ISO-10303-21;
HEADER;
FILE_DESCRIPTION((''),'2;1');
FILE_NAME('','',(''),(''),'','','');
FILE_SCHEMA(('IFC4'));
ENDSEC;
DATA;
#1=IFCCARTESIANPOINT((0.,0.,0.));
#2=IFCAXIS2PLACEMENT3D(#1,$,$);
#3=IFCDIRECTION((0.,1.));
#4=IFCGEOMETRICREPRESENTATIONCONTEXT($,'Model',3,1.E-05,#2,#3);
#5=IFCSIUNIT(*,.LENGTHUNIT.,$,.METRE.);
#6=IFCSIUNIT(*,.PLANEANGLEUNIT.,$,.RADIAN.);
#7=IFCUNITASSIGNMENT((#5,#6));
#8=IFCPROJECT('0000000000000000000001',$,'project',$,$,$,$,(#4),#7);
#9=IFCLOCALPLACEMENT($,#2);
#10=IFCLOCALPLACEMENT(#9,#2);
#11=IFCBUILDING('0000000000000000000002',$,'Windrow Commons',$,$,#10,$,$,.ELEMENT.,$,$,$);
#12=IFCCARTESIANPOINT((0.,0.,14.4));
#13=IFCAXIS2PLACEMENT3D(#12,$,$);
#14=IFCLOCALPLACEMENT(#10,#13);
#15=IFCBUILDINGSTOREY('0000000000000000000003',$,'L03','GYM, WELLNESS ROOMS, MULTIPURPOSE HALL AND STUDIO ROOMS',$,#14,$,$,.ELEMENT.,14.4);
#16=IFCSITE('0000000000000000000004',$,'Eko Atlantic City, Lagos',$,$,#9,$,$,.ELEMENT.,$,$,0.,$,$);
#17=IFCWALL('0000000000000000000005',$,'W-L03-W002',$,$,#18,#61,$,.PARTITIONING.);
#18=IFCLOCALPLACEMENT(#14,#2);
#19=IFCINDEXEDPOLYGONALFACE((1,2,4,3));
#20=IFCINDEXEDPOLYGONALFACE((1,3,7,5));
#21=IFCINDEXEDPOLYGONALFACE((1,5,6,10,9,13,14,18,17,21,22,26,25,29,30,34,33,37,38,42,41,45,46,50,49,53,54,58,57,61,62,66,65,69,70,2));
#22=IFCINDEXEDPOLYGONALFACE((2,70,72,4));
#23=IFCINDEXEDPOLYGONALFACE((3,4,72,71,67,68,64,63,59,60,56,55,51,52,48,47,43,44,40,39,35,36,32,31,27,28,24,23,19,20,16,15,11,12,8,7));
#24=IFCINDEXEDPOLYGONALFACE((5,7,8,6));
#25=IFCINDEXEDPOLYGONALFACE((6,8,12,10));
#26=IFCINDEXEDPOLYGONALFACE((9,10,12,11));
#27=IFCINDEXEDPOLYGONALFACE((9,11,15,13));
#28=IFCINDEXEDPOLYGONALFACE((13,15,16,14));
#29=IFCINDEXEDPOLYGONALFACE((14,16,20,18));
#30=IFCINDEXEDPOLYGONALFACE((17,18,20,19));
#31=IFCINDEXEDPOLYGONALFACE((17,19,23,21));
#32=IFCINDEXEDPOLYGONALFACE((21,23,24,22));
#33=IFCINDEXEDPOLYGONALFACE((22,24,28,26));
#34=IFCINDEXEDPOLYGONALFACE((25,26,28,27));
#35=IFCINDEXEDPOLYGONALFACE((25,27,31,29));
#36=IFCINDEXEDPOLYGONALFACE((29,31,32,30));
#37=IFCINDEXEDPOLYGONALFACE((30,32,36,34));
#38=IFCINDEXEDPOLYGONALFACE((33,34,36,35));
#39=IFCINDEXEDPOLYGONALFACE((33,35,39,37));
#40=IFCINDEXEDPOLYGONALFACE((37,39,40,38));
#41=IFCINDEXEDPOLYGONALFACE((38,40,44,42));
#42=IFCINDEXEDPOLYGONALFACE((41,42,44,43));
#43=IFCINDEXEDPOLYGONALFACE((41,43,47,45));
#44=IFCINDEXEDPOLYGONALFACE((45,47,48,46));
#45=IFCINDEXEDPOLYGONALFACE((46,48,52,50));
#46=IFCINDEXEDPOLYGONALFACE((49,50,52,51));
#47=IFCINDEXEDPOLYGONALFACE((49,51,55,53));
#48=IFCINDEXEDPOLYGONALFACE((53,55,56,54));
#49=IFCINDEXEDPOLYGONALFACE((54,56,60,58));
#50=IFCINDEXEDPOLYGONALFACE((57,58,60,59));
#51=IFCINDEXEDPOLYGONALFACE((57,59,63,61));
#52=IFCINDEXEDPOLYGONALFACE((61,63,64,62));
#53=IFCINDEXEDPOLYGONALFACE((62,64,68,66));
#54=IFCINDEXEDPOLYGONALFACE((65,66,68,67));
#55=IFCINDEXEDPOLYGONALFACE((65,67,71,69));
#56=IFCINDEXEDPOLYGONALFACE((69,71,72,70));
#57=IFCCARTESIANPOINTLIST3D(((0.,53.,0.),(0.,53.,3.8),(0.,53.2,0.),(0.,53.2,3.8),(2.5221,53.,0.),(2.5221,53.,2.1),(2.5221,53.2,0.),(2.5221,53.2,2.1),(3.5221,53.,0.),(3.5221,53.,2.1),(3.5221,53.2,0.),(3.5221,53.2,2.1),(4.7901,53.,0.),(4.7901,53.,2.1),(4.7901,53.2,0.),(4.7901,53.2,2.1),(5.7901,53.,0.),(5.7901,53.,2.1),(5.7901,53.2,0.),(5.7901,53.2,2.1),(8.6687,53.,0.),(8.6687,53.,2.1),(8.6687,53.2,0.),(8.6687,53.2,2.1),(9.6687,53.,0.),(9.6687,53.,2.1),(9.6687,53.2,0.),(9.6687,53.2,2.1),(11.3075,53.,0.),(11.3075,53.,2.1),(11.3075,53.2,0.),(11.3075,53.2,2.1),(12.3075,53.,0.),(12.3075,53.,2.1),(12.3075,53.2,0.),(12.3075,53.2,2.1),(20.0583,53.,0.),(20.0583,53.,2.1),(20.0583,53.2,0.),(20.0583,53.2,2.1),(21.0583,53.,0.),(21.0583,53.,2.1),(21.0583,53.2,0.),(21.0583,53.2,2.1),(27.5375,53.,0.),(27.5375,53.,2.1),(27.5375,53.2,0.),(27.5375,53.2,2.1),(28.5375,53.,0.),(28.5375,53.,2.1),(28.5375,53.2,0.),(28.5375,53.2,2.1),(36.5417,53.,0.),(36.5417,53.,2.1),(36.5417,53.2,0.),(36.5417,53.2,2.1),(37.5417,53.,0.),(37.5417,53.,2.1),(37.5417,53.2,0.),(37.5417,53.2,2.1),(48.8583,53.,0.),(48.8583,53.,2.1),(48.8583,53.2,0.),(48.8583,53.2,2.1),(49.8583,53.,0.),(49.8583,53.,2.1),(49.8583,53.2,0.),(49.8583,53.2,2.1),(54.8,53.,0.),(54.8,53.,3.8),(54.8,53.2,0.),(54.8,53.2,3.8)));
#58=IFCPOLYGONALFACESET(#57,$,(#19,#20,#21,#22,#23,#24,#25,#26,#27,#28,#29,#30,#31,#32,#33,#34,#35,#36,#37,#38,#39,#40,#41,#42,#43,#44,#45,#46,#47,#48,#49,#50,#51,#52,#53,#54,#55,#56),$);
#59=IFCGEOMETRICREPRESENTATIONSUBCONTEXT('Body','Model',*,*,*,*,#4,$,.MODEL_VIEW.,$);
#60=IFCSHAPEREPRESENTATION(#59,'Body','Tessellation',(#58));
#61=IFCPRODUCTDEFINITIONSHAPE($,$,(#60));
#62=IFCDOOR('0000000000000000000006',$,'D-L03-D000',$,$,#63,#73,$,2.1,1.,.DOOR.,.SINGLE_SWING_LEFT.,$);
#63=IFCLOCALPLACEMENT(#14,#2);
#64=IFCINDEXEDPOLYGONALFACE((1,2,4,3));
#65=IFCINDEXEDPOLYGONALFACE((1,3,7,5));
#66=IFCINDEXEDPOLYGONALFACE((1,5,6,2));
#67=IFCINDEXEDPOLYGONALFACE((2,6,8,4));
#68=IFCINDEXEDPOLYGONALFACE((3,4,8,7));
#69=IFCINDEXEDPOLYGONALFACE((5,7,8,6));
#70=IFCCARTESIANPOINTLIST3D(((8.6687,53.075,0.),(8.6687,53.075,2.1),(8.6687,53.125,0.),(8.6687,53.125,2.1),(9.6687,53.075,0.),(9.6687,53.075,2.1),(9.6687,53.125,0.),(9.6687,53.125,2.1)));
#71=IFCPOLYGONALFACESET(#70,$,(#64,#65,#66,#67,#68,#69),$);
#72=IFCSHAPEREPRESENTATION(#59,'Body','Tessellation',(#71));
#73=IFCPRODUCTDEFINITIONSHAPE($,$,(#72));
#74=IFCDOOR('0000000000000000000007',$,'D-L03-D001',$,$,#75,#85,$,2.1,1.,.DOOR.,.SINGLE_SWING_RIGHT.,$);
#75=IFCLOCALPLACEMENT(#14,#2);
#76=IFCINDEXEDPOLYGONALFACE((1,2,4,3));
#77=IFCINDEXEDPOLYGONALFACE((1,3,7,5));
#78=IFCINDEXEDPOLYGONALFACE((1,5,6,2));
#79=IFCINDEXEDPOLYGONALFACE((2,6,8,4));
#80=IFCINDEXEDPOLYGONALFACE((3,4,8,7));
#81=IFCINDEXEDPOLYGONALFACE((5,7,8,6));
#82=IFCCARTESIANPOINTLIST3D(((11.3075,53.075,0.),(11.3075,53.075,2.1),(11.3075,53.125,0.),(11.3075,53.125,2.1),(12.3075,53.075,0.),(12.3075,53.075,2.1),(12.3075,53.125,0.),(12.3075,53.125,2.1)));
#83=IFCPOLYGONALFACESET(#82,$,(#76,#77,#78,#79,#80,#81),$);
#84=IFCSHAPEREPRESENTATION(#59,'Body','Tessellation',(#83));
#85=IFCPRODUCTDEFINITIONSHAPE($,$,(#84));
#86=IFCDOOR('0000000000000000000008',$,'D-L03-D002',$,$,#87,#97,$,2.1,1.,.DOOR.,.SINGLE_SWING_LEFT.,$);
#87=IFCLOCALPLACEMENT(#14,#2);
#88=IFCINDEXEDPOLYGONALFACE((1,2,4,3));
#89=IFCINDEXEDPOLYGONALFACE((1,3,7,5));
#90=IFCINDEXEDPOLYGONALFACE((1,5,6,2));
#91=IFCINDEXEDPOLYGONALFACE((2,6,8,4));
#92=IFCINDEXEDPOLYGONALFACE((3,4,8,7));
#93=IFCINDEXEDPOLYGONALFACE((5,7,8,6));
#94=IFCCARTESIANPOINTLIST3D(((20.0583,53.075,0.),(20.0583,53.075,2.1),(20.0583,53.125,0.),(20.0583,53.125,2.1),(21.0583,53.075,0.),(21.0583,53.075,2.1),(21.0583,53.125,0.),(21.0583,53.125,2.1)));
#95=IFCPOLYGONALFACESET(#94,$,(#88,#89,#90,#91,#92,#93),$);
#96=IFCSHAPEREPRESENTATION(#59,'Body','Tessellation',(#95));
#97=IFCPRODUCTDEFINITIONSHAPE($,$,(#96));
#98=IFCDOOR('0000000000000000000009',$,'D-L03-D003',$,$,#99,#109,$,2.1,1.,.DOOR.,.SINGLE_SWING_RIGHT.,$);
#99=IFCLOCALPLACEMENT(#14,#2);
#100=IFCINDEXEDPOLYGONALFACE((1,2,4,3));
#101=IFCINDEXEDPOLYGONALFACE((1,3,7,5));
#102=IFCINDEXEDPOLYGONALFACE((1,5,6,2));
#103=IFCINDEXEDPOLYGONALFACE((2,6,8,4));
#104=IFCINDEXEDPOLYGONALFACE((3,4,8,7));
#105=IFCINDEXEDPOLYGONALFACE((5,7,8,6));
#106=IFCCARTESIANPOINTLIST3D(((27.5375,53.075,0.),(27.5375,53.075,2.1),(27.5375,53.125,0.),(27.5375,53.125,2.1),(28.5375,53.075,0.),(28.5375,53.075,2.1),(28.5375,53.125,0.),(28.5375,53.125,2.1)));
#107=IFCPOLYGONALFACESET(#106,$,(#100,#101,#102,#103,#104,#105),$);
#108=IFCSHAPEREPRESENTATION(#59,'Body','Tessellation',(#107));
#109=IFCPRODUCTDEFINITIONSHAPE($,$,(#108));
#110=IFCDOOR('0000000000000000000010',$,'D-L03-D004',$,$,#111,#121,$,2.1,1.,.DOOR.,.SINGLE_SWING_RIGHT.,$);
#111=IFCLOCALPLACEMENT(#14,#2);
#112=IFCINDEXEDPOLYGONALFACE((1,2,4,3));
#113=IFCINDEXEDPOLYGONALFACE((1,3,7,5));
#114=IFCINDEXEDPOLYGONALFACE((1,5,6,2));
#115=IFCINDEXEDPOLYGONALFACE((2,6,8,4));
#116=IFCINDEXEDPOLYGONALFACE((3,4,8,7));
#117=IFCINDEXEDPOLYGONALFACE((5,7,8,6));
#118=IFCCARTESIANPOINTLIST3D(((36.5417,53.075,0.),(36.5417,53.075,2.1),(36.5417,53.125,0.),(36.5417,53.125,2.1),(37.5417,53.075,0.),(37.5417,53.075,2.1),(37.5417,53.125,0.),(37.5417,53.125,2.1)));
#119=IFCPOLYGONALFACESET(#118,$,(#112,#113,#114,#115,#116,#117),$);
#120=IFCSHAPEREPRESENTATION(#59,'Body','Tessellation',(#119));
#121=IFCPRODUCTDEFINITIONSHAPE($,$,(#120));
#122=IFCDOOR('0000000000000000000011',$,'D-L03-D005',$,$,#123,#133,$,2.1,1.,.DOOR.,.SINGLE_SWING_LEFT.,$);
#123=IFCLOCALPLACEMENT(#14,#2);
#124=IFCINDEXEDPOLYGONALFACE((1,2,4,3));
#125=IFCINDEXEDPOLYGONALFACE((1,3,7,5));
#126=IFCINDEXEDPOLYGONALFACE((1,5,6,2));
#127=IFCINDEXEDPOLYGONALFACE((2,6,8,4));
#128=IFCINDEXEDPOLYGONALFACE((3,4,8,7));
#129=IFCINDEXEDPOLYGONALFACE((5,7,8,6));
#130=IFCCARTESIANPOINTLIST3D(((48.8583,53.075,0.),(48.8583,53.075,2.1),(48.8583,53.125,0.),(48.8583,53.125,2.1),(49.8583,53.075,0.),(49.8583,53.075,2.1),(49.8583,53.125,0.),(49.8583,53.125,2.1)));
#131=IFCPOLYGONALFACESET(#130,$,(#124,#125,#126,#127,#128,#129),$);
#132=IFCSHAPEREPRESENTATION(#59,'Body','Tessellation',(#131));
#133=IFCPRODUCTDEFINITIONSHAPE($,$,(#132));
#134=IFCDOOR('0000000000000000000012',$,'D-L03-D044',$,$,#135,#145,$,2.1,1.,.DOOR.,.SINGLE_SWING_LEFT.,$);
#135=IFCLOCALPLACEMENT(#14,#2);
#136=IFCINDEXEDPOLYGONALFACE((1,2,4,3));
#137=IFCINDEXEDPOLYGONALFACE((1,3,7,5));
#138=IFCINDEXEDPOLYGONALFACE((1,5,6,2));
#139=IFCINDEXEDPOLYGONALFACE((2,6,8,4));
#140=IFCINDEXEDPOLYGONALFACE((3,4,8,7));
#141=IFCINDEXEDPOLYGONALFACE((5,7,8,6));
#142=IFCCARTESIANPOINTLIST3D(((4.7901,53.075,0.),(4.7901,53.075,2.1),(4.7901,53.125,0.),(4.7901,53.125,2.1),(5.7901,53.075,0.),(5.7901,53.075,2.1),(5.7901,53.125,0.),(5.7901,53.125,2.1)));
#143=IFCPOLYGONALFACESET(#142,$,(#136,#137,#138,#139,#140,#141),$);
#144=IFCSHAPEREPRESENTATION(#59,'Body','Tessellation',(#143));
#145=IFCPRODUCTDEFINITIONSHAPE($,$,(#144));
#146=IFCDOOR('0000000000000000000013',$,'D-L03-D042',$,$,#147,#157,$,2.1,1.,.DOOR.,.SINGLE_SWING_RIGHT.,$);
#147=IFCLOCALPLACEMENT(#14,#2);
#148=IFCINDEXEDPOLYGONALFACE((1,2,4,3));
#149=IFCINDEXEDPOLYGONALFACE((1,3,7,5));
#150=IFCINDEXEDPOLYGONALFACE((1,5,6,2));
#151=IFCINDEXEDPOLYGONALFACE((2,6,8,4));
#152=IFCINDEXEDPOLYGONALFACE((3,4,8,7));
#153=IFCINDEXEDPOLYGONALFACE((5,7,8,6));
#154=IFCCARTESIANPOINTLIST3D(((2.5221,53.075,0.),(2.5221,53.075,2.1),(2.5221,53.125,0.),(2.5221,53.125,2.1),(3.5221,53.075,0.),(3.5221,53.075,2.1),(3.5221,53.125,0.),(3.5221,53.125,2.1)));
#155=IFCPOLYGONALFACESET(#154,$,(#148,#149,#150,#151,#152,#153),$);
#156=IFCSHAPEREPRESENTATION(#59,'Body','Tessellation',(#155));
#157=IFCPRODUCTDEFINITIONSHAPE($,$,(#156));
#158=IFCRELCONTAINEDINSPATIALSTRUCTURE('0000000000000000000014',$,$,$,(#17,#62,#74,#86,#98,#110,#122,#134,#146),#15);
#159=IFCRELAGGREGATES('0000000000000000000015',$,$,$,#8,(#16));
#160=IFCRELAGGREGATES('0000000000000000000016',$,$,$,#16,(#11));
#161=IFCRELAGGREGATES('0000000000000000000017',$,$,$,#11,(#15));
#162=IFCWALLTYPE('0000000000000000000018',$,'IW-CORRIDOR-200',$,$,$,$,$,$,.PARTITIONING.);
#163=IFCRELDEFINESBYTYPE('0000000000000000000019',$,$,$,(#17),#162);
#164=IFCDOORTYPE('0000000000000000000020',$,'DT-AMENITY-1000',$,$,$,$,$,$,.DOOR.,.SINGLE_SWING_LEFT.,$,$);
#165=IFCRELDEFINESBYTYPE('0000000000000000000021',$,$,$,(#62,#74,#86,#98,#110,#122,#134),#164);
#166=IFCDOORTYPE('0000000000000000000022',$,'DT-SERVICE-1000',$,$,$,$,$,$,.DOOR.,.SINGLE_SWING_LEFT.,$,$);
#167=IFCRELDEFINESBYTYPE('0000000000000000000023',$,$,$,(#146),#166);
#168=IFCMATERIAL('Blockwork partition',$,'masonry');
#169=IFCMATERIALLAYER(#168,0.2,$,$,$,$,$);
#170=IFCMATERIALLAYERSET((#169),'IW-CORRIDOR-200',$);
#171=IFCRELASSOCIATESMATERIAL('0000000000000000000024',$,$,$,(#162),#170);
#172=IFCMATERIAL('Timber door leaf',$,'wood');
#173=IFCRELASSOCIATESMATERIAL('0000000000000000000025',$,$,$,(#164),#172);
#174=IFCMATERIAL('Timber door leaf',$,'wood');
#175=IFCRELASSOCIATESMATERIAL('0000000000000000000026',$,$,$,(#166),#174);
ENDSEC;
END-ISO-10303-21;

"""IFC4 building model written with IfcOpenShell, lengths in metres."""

from ifc_helpers import new_model, si_unit, direction, frame, frame_2d, origin, place, context, subcontext, project, spatial, rectangle, extrude, material, layer, layer_set, type_object, element, fill, save


model = new_model("IFC4")

# Units and contexts
model_context = context("Model", 3, precision=1e-05, world=origin(), true_north=direction((0.0, 1.0)))
body_context = subcontext(model_context, "Body", "Model", "MODEL_VIEW")
ifc_project = project(units=[si_unit("LENGTHUNIT", "METRE"), si_unit("PLANEANGLEUNIT", "RADIAN")], contexts=[model_context])

# Site, building, storey
site_placement = place(None, origin())
site = spatial("IfcSite", under=ifc_project, at=site_placement, Name="Eko Atlantic City, Lagos", CompositionType="ELEMENT", RefElevation=0.0)
building_placement = place(site_placement, origin())
building = spatial("IfcBuilding", under=site, at=building_placement, Name="Windrow Commons", CompositionType="ELEMENT")
storey_placement = place(building_placement, frame((0.0, 0.0, 14.4)))
storey = spatial("IfcBuildingStorey", under=building, at=storey_placement, Name="L03", Description="GYM, WELLNESS ROOMS, MULTIPURPOSE HALL AND STUDIO ROOMS", CompositionType="ELEMENT", Elevation=14.4)

# Wall, openings, doors
ifc_material_1 = material(Name="Blockwork partition", Category="masonry")
ifc_layer_1 = layer(ifc_material_1, 0.2)
ifc_layer_set_1 = layer_set([ifc_layer_1], Name="IW-CORRIDOR-200")
wall_type_1 = type_object("IfcWallType", Name="IW-CORRIDOR-200", PredefinedType="PARTITIONING", material=ifc_layer_set_1)
ifc_material_2 = material(Name="Timber door leaf", Category="wood")
door_type_1 = type_object("IfcDoorType", Name="DT-AMENITY-1000", OperationType="SINGLE_SWING_LEFT", PredefinedType="DOOR", material=ifc_material_2)
wall_1_placement = place(storey_placement, frame((0.0, 53.1, 0.0), z_axis=(0.0, 0.0, 1.0), x_axis=(1.0, 0.0, 0.0)))
wall_1 = element("IfcWall", 1, at=wall_1_placement, inside=storey, type_object=wall_type_1, Name="W-L03-W002", PredefinedType="PARTITIONING", context=body_context, shape_type="SweptSolid", body=[
    extrude(rectangle(XDim=54.8, YDim=0.2, at=frame_2d((27.4, 0.0))), origin(), (0.0, 0.0, 1.0), 3.8),
])
opening_1_placement = place(wall_1_placement, frame((8.6687, 0.0, 0.0)))
opening_1 = element("IfcOpeningElement", 2, at=opening_1_placement, cuts=wall_1, PredefinedType="OPENING", context=body_context, shape_type="SweptSolid", body=[
    extrude(rectangle(XDim=1.0, YDim=2.1, at=frame_2d((0.5, 1.05))), frame((0.0, 0.11, 0.0), z_axis=(0.0, -1.0, 0.0), x_axis=(1.0, 0.0, 0.0)), (0.0, 0.0, 1.0), 0.22),
])
opening_2_placement = place(wall_1_placement, frame((11.3075, 0.0, 0.0)))
opening_2 = element("IfcOpeningElement", 3, at=opening_2_placement, cuts=wall_1, PredefinedType="OPENING", context=body_context, shape_type="SweptSolid", body=[
    extrude(rectangle(XDim=1.0, YDim=2.1, at=frame_2d((0.5, 1.05))), frame((0.0, 0.11, 0.0), z_axis=(0.0, -1.0, 0.0), x_axis=(1.0, 0.0, 0.0)), (0.0, 0.0, 1.0), 0.22),
])
opening_3_placement = place(wall_1_placement, frame((20.0583, 0.0, 0.0)))
opening_3 = element("IfcOpeningElement", 4, at=opening_3_placement, cuts=wall_1, PredefinedType="OPENING", context=body_context, shape_type="SweptSolid", body=[
    extrude(rectangle(XDim=1.0, YDim=2.1, at=frame_2d((0.5, 1.05))), frame((0.0, 0.11, 0.0), z_axis=(0.0, -1.0, 0.0), x_axis=(1.0, 0.0, 0.0)), (0.0, 0.0, 1.0), 0.22),
])
opening_4_placement = place(wall_1_placement, frame((27.5375, 0.0, 0.0)))
opening_4 = element("IfcOpeningElement", 5, at=opening_4_placement, cuts=wall_1, PredefinedType="OPENING", context=body_context, shape_type="SweptSolid", body=[
    extrude(rectangle(XDim=1.0, YDim=2.1, at=frame_2d((0.5, 1.05))), frame((0.0, 0.11, 0.0), z_axis=(0.0, -1.0, 0.0), x_axis=(1.0, 0.0, 0.0)), (0.0, 0.0, 1.0), 0.22),
])
opening_5_placement = place(wall_1_placement, frame((36.5417, 0.0, 0.0)))
opening_5 = element("IfcOpeningElement", 6, at=opening_5_placement, cuts=wall_1, PredefinedType="OPENING", context=body_context, shape_type="SweptSolid", body=[
    extrude(rectangle(XDim=1.0, YDim=2.1, at=frame_2d((0.5, 1.05))), frame((0.0, 0.11, 0.0), z_axis=(0.0, -1.0, 0.0), x_axis=(1.0, 0.0, 0.0)), (0.0, 0.0, 1.0), 0.22),
])
opening_6_placement = place(wall_1_placement, frame((48.8583, 0.0, 0.0)))
opening_6 = element("IfcOpeningElement", 7, at=opening_6_placement, cuts=wall_1, PredefinedType="OPENING", context=body_context, shape_type="SweptSolid", body=[
    extrude(rectangle(XDim=1.0, YDim=2.1, at=frame_2d((0.5, 1.05))), frame((0.0, 0.11, 0.0), z_axis=(0.0, -1.0, 0.0), x_axis=(1.0, 0.0, 0.0)), (0.0, 0.0, 1.0), 0.22),
])
opening_7_placement = place(wall_1_placement, frame((2.5221, 0.0, 0.0)))
opening_7 = element("IfcOpeningElement", 8, at=opening_7_placement, cuts=wall_1, PredefinedType="OPENING", context=body_context, shape_type="SweptSolid", body=[
    extrude(rectangle(XDim=1.0, YDim=2.1, at=frame_2d((0.5, 1.05))), frame((0.0, 0.11, 0.0), z_axis=(0.0, -1.0, 0.0), x_axis=(1.0, 0.0, 0.0)), (0.0, 0.0, 1.0), 0.22),
])
opening_8_placement = place(wall_1_placement, frame((4.7901, 0.0, 0.0)))
opening_8 = element("IfcOpeningElement", 9, at=opening_8_placement, cuts=wall_1, PredefinedType="OPENING", context=body_context, shape_type="SweptSolid", body=[
    extrude(rectangle(XDim=1.0, YDim=2.1, at=frame_2d((0.5, 1.05))), frame((0.0, 0.11, 0.0), z_axis=(0.0, -1.0, 0.0), x_axis=(1.0, 0.0, 0.0)), (0.0, 0.0, 1.0), 0.22),
])
door_1_placement = place(opening_1_placement, origin())
door_1 = element("IfcDoor", 10, at=door_1_placement, inside=storey, type_object=door_type_1, Name="D-L03-D000", OperationType="SINGLE_SWING_LEFT", OverallHeight=2.1, OverallWidth=1.0, PredefinedType="DOOR", context=body_context, shape_type="SweptSolid", body=[
    extrude(rectangle(XDim=1.0, YDim=2.1, at=frame_2d((0.5, 1.05))), frame((0.0, 0.025, 0.0), z_axis=(0.0, -1.0, 0.0), x_axis=(1.0, 0.0, 0.0)), (0.0, 0.0, 1.0), 0.05),
])
fill(opening_1, door_1)
door_2_placement = place(opening_2_placement, origin())
door_2 = element("IfcDoor", 11, at=door_2_placement, inside=storey, type_object=door_type_1, Name="D-L03-D001", OperationType="SINGLE_SWING_RIGHT", OverallHeight=2.1, OverallWidth=1.0, PredefinedType="DOOR", context=body_context, shape_type="SweptSolid", body=[
    extrude(rectangle(XDim=1.0, YDim=2.1, at=frame_2d((0.5, 1.05))), frame((0.0, 0.025, 0.0), z_axis=(0.0, -1.0, 0.0), x_axis=(1.0, 0.0, 0.0)), (0.0, 0.0, 1.0), 0.05),
])
fill(opening_2, door_2)
door_3_placement = place(opening_3_placement, origin())
door_3 = element("IfcDoor", 12, at=door_3_placement, inside=storey, type_object=door_type_1, Name="D-L03-D002", OperationType="SINGLE_SWING_LEFT", OverallHeight=2.1, OverallWidth=1.0, PredefinedType="DOOR", context=body_context, shape_type="SweptSolid", body=[
    extrude(rectangle(XDim=1.0, YDim=2.1, at=frame_2d((0.5, 1.05))), frame((0.0, 0.025, 0.0), z_axis=(0.0, -1.0, 0.0), x_axis=(1.0, 0.0, 0.0)), (0.0, 0.0, 1.0), 0.05),
])
fill(opening_3, door_3)
door_4_placement = place(opening_4_placement, origin())
door_4 = element("IfcDoor", 13, at=door_4_placement, inside=storey, type_object=door_type_1, Name="D-L03-D003", OperationType="SINGLE_SWING_RIGHT", OverallHeight=2.1, OverallWidth=1.0, PredefinedType="DOOR", context=body_context, shape_type="SweptSolid", body=[
    extrude(rectangle(XDim=1.0, YDim=2.1, at=frame_2d((0.5, 1.05))), frame((0.0, 0.025, 0.0), z_axis=(0.0, -1.0, 0.0), x_axis=(1.0, 0.0, 0.0)), (0.0, 0.0, 1.0), 0.05),
])
fill(opening_4, door_4)
door_5_placement = place(opening_5_placement, origin())
door_5 = element("IfcDoor", 14, at=door_5_placement, inside=storey, type_object=door_type_1, Name="D-L03-D004", OperationType="SINGLE_SWING_RIGHT", OverallHeight=2.1, OverallWidth=1.0, PredefinedType="DOOR", context=body_context, shape_type="SweptSolid", body=[
    extrude(rectangle(XDim=1.0, YDim=2.1, at=frame_2d((0.5, 1.05))), frame((0.0, 0.025, 0.0), z_axis=(0.0, -1.0, 0.0), x_axis=(1.0, 0.0, 0.0)), (0.0, 0.0, 1.0), 0.05),
])
fill(opening_5, door_5)
door_6_placement = place(opening_6_placement, origin())
door_6 = element("IfcDoor", 15, at=door_6_placement, inside=storey, type_object=door_type_1, Name="D-L03-D005", OperationType="SINGLE_SWING_LEFT", OverallHeight=2.1, OverallWidth=1.0, PredefinedType="DOOR", context=body_context, shape_type="SweptSolid", body=[
    extrude(rectangle(XDim=1.0, YDim=2.1, at=frame_2d((0.5, 1.05))), frame((0.0, 0.025, 0.0), z_axis=(0.0, -1.0, 0.0), x_axis=(1.0, 0.0, 0.0)), (0.0, 0.0, 1.0), 0.05),
])
fill(opening_6, door_6)
door_7_placement = place(opening_8_placement, origin())
door_7 = element("IfcDoor", 16, at=door_7_placement, inside=storey, type_object=door_type_1, Name="D-L03-D044", OperationType="SINGLE_SWING_LEFT", OverallHeight=2.1, OverallWidth=1.0, PredefinedType="DOOR", context=body_context, shape_type="SweptSolid", body=[
    extrude(rectangle(XDim=1.0, YDim=2.1, at=frame_2d((0.5, 1.05))), frame((0.0, 0.025, 0.0), z_axis=(0.0, -1.0, 0.0), x_axis=(1.0, 0.0, 0.0)), (0.0, 0.0, 1.0), 0.05),
])
fill(opening_8, door_7)
ifc_material_3 = material(Name="Timber door leaf", Category="wood")
door_type_2 = type_object("IfcDoorType", Name="DT-SERVICE-1000", OperationType="SINGLE_SWING_LEFT", PredefinedType="DOOR", material=ifc_material_3)
door_8_placement = place(opening_7_placement, origin())
door_8 = element("IfcDoor", 17, at=door_8_placement, inside=storey, type_object=door_type_2, Name="D-L03-D042", OperationType="SINGLE_SWING_RIGHT", OverallHeight=2.1, OverallWidth=1.0, PredefinedType="DOOR", context=body_context, shape_type="SweptSolid", body=[
    extrude(rectangle(XDim=1.0, YDim=2.1, at=frame_2d((0.5, 1.05))), frame((0.0, 0.025, 0.0), z_axis=(0.0, -1.0, 0.0), x_axis=(1.0, 0.0, 0.0)), (0.0, 0.0, 1.0), 0.05),
])
fill(opening_7, door_8)

save(model, "model.ifc")
